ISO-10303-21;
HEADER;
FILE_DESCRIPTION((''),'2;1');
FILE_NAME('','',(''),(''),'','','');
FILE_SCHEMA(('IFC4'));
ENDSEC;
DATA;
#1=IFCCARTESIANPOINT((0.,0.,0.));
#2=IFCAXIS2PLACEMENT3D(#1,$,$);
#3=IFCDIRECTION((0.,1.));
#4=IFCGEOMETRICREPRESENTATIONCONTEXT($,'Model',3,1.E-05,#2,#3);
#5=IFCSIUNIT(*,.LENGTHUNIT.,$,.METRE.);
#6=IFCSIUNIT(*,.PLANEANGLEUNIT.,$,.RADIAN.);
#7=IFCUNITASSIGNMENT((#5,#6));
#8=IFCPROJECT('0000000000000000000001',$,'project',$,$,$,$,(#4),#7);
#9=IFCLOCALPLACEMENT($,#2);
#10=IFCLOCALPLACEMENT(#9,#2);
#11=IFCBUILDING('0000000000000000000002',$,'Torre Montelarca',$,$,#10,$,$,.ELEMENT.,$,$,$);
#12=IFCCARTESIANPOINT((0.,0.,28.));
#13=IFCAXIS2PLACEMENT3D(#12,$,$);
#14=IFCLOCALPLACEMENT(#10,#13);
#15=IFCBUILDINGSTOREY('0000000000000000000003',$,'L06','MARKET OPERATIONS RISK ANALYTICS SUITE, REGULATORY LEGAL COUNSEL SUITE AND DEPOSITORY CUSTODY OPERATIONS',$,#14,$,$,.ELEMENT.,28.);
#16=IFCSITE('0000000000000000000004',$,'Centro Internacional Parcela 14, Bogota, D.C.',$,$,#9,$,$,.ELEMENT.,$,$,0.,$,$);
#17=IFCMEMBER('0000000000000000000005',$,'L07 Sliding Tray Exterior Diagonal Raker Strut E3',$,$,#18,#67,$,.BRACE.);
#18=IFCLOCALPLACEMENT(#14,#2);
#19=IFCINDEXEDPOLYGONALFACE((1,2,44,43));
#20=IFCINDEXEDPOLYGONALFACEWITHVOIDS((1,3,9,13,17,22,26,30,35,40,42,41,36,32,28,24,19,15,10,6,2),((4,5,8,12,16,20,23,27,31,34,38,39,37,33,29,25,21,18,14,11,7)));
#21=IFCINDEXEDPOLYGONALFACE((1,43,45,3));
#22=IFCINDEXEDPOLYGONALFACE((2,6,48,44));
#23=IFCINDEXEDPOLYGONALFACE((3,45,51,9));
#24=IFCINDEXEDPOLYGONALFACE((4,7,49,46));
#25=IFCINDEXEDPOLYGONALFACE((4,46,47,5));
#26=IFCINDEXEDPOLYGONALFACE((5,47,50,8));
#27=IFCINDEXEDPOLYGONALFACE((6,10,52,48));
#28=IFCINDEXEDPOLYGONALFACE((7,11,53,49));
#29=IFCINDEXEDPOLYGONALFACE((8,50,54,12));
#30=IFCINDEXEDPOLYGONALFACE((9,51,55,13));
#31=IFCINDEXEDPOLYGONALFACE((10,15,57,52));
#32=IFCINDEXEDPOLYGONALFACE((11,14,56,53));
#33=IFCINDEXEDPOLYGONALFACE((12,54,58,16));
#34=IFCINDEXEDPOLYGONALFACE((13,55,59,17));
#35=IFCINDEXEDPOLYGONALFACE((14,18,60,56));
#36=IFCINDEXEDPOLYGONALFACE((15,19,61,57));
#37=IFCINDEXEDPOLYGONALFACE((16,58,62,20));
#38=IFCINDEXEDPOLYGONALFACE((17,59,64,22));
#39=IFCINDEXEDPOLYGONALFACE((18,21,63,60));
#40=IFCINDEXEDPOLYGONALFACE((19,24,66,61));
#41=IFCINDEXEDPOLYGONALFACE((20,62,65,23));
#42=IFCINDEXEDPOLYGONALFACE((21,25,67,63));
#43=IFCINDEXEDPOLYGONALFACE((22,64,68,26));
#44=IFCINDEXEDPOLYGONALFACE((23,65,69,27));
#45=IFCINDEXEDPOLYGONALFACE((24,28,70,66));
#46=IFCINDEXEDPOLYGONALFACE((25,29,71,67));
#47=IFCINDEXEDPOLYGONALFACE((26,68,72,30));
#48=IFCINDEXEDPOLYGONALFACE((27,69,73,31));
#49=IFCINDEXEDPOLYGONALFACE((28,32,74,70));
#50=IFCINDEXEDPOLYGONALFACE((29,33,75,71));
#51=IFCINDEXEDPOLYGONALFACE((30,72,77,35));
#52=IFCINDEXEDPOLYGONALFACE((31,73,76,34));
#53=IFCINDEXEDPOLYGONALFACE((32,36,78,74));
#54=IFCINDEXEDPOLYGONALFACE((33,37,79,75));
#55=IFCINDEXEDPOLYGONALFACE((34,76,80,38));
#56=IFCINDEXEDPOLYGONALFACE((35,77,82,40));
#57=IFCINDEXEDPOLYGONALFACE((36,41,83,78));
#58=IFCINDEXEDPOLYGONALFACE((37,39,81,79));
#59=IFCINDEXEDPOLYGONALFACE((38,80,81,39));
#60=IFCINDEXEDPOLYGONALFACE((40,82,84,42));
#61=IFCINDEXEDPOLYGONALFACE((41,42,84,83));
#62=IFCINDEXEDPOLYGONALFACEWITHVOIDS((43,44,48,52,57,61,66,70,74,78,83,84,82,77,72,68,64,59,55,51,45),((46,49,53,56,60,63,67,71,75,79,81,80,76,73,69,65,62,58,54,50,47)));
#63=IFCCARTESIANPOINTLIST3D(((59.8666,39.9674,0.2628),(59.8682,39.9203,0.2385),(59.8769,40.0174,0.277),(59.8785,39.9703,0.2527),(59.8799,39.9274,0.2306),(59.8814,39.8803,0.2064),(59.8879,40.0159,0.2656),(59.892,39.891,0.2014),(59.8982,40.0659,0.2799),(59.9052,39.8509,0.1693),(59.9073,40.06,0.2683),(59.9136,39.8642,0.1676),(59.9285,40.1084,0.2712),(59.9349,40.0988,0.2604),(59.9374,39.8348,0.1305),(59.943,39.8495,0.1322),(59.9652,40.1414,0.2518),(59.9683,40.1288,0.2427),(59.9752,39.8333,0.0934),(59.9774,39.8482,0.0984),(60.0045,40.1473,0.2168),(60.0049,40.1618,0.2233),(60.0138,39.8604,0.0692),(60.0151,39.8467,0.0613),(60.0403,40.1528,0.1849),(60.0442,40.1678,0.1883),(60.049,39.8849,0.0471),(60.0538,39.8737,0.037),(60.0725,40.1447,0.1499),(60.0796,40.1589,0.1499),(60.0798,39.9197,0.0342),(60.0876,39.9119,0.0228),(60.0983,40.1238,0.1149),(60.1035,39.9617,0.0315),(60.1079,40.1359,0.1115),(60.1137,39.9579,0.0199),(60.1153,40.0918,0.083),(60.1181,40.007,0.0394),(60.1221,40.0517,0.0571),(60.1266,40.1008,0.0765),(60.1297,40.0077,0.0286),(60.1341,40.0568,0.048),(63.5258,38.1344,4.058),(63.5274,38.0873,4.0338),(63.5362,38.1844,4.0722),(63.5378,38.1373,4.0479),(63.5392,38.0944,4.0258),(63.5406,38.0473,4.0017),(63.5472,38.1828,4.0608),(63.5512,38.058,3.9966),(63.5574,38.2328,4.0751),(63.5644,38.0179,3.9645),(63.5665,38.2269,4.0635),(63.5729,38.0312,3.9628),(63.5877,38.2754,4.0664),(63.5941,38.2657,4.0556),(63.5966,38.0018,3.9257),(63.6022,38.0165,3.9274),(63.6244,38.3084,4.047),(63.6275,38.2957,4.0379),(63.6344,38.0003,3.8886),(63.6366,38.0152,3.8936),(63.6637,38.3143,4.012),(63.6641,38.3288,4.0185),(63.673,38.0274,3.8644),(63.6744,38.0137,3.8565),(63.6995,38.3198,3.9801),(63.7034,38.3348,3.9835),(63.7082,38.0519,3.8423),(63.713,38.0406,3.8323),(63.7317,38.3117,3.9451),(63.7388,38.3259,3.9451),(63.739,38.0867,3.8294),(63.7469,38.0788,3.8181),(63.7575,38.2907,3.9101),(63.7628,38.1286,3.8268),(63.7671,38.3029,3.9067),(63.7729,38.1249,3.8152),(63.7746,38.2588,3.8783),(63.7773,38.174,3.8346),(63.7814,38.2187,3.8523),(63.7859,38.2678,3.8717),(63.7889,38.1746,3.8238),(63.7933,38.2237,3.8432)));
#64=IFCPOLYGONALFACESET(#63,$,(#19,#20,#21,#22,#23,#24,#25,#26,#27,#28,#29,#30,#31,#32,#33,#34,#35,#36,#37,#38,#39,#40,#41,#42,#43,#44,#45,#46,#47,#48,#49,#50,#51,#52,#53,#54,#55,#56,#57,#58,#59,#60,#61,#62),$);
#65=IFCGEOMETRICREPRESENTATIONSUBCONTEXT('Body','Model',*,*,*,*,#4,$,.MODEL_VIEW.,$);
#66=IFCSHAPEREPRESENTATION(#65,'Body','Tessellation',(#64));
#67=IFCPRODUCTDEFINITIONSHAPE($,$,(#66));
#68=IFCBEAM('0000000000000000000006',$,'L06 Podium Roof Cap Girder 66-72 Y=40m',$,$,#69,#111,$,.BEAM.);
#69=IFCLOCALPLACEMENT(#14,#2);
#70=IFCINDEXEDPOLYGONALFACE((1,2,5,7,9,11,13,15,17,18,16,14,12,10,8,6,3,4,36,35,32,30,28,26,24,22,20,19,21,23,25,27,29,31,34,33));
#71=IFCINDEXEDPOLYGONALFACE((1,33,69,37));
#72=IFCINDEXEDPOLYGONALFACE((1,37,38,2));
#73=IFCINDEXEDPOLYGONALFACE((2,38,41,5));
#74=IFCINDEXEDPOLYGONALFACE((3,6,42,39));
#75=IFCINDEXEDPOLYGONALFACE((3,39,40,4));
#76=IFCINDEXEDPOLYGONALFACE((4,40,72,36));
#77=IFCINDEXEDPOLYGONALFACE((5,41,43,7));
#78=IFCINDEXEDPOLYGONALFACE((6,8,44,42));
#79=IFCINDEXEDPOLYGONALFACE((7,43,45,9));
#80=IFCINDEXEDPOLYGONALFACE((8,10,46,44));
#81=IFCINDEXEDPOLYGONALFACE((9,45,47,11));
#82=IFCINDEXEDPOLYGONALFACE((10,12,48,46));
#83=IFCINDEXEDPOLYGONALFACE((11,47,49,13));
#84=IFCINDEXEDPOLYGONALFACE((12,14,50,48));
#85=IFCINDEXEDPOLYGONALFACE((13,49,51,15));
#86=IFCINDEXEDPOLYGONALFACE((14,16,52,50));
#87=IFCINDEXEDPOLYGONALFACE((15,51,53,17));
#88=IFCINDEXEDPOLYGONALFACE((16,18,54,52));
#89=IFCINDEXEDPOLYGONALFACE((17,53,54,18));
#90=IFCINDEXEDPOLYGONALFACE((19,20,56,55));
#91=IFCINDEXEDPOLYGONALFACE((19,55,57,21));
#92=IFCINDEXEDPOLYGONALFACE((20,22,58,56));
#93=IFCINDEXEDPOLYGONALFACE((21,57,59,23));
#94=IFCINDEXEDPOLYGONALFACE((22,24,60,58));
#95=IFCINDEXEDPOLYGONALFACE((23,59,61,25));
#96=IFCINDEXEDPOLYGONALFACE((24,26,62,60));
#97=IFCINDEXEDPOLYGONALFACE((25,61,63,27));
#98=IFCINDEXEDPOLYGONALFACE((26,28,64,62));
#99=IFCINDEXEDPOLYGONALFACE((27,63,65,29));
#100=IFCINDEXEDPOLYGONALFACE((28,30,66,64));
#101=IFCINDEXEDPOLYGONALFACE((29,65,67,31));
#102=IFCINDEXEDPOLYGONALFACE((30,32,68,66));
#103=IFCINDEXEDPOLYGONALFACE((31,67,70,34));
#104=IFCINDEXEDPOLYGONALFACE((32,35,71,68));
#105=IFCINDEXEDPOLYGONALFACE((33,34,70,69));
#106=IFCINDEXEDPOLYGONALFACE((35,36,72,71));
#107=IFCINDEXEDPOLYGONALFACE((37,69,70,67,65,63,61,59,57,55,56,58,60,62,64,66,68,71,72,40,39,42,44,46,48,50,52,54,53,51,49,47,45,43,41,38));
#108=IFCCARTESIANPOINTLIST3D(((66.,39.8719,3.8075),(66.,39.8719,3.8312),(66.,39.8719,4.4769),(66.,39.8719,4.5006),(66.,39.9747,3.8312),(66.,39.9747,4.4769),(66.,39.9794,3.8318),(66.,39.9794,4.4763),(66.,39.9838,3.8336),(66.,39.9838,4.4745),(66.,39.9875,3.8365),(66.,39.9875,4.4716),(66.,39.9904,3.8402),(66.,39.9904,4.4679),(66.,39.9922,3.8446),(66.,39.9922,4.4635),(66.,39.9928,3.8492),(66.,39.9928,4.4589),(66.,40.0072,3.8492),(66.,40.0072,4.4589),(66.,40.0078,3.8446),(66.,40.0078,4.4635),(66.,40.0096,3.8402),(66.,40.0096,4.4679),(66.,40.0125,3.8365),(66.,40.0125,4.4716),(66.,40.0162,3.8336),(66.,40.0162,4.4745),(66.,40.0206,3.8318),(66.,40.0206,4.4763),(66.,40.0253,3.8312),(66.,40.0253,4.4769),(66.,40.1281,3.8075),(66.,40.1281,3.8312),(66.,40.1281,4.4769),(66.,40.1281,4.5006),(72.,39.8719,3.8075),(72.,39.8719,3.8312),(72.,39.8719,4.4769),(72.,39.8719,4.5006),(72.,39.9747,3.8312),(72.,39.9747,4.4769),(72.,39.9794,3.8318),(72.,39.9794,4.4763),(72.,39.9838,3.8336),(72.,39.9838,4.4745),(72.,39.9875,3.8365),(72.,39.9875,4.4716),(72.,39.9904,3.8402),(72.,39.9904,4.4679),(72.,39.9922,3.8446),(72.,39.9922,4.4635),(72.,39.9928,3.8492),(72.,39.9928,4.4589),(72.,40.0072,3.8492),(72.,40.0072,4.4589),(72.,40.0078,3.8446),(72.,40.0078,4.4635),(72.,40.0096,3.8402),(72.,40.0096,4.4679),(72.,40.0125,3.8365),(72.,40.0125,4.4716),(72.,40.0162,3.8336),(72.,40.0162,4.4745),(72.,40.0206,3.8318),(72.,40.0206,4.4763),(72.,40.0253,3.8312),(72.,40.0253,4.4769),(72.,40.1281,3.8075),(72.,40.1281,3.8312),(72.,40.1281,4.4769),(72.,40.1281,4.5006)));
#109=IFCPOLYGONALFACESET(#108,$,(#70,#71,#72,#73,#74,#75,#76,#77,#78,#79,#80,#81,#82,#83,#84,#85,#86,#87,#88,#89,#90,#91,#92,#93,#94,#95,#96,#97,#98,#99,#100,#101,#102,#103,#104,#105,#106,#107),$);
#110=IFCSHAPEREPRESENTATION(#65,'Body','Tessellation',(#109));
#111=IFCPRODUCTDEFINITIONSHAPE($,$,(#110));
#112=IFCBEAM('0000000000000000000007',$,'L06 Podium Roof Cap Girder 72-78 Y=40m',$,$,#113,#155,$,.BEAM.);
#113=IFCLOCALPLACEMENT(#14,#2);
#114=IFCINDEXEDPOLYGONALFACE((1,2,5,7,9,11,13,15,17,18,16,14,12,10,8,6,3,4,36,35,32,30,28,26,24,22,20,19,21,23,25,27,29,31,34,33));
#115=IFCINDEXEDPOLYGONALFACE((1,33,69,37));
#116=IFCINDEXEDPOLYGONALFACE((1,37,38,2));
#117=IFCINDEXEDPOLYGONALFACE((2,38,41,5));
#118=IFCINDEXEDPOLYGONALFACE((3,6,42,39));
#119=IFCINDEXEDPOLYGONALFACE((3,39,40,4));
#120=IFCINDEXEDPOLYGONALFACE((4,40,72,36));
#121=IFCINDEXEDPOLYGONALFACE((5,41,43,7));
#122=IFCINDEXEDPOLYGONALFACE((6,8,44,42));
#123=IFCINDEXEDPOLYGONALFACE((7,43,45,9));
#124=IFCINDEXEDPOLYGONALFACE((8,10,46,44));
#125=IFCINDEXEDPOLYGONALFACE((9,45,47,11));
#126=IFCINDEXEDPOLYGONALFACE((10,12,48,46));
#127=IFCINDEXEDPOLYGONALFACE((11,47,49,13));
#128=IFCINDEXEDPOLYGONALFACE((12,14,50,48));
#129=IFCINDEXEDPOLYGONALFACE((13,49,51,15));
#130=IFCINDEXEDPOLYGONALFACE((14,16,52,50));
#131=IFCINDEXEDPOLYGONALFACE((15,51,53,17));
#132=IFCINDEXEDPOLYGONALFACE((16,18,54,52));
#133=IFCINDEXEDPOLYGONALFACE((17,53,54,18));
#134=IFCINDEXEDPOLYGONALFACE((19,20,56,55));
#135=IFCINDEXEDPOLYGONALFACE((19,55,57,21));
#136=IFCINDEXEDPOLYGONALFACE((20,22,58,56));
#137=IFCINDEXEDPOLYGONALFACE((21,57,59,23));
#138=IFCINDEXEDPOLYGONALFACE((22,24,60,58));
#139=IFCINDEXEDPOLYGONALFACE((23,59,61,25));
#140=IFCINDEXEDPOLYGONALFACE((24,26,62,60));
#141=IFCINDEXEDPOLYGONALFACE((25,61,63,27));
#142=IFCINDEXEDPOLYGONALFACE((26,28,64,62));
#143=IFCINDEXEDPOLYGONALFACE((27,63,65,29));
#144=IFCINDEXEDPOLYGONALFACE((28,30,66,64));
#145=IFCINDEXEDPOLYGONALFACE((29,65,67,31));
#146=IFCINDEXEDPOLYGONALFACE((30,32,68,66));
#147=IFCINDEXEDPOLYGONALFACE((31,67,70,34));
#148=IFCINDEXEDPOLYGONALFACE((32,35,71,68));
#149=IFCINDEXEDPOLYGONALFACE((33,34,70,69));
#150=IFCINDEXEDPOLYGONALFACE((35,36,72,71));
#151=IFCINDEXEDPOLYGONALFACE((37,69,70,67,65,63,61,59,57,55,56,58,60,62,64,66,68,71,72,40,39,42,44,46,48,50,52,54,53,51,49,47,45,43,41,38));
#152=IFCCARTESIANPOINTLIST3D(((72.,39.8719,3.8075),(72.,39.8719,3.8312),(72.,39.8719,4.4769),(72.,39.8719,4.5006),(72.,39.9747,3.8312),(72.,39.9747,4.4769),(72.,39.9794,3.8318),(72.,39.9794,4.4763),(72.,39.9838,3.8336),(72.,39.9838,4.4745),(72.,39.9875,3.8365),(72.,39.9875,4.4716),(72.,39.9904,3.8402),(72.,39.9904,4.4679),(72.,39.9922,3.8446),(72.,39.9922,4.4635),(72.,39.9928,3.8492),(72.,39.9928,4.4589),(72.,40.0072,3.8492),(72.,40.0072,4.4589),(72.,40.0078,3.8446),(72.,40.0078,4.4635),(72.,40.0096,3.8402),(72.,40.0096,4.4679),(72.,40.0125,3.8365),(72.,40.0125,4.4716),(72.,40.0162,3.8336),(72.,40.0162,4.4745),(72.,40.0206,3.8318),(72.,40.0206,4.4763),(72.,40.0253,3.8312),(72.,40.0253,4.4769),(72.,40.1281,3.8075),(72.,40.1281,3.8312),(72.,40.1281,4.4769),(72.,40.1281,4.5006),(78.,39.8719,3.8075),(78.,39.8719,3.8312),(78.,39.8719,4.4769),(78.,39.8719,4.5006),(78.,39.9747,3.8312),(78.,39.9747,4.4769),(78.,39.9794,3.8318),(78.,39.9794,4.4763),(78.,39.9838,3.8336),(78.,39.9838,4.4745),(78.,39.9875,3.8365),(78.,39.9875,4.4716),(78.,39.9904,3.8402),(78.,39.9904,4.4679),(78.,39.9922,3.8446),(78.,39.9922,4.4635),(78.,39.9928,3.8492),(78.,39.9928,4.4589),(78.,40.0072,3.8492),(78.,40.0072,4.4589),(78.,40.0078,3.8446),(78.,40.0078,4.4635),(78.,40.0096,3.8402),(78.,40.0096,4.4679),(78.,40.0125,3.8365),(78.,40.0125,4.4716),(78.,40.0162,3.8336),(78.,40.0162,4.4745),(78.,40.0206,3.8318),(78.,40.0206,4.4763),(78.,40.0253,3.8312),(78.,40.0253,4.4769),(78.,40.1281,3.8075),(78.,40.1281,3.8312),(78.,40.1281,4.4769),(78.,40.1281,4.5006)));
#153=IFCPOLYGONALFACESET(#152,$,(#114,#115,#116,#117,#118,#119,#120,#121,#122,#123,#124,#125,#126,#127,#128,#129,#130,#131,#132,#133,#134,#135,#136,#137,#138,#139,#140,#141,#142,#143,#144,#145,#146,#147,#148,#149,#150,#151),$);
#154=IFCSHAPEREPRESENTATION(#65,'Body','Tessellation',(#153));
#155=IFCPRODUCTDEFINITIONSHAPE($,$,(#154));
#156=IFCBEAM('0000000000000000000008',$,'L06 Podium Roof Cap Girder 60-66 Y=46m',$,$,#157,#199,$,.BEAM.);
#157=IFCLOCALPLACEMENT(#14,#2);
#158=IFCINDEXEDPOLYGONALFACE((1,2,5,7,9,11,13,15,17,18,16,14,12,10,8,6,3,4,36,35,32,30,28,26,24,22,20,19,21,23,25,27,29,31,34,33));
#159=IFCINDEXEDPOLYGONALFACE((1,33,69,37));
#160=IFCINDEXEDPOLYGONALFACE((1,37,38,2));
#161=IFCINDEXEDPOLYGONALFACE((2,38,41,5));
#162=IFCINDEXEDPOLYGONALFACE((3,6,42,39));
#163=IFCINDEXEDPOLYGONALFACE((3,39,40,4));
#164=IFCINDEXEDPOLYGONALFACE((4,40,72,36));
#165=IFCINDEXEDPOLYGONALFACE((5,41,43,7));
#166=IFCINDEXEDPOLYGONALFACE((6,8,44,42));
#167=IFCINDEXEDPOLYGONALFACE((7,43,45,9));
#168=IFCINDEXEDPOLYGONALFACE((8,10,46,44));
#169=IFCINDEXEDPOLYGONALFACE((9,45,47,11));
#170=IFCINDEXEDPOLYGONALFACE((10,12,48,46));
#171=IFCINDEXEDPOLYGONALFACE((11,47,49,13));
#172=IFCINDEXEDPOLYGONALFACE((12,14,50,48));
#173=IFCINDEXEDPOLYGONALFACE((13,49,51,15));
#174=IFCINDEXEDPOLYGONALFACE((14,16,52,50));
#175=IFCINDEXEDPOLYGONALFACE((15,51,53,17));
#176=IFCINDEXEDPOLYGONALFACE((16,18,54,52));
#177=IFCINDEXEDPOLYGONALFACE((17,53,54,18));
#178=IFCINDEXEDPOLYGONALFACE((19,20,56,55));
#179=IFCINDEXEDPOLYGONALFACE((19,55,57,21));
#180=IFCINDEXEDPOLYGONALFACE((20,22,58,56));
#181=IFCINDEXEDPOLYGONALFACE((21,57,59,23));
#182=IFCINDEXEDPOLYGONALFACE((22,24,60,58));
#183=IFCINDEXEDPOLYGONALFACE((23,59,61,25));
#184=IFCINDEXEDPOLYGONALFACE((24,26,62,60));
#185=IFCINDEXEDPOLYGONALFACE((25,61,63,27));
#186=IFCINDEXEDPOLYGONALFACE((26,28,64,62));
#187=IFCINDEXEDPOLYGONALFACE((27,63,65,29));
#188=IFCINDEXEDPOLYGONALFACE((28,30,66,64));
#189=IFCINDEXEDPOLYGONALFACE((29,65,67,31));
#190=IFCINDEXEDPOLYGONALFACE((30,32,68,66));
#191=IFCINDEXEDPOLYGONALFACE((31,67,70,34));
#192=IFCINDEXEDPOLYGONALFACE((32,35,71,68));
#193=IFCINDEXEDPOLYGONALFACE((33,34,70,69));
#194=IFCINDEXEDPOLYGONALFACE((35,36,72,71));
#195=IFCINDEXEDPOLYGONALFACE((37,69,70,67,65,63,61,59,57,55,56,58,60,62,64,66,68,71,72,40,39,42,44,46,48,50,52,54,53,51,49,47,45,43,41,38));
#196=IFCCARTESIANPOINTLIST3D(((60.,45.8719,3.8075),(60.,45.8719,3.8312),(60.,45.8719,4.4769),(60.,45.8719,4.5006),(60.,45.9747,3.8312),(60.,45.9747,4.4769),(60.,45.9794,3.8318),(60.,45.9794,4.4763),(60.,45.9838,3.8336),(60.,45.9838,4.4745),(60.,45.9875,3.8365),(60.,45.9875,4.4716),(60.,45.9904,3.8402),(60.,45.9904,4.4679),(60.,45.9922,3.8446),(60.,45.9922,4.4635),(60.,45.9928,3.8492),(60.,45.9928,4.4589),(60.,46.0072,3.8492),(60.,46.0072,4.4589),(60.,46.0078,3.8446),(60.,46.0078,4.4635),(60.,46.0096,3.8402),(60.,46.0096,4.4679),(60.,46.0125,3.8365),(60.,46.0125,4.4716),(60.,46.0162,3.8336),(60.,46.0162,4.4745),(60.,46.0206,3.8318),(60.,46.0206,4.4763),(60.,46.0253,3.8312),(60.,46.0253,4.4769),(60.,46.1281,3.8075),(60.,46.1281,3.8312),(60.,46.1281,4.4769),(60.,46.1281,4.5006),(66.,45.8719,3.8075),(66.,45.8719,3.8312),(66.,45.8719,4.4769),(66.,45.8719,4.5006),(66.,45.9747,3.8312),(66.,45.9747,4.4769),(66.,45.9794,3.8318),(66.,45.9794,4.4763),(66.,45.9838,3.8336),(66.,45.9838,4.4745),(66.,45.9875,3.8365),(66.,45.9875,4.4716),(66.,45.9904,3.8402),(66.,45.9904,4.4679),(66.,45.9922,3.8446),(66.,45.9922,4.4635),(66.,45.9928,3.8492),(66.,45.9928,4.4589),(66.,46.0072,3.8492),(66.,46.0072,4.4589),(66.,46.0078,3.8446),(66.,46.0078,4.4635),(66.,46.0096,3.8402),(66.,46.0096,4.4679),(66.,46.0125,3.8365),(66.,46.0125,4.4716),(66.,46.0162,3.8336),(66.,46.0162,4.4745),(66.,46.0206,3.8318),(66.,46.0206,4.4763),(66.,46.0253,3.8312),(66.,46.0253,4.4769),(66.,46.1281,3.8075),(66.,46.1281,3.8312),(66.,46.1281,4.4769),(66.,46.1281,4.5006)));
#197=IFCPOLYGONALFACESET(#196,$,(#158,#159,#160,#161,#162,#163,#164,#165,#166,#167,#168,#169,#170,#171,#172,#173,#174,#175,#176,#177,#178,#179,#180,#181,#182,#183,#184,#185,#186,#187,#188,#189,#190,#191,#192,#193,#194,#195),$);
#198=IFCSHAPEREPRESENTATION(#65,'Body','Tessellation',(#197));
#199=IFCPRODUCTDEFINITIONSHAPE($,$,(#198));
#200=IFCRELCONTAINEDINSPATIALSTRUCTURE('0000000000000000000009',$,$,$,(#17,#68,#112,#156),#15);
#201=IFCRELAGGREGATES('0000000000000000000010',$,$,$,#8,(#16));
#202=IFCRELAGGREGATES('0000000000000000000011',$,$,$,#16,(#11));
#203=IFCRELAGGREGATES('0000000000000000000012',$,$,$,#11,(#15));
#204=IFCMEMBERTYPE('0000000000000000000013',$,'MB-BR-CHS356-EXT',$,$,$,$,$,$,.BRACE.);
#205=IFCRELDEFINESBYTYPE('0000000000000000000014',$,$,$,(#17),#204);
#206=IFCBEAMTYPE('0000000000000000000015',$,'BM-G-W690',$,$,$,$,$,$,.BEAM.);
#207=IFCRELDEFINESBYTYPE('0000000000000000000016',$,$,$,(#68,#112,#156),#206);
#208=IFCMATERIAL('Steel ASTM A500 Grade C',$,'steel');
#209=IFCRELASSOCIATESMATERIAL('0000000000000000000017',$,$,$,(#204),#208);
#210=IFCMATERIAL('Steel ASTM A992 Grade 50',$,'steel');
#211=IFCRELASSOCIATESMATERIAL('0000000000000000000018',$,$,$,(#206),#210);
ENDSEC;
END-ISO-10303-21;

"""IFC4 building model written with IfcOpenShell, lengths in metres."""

from ifc_helpers import new_model, si_unit, direction, frame, origin, origin_2d, place, context, subcontext, project, spatial, hollow_circle, i_section, extrude, source, transform, mapped, material, material_profile, profile_set, type_object, element, save


model = new_model("IFC4")

# Units and contexts
model_context = context("Model", 3, precision=1e-05, world=origin(), true_north=direction((0.0, 1.0)))
body_context = subcontext(model_context, "Body", "Model", "MODEL_VIEW")
ifc_project = project(units=[si_unit("LENGTHUNIT", "METRE"), si_unit("PLANEANGLEUNIT", "RADIAN")], contexts=[model_context])

# Site, building, storey
site_placement = place(None, origin())
site = spatial("IfcSite", under=ifc_project, at=site_placement, Name="Centro Internacional Parcela 14, Bogota, D.C.", CompositionType="ELEMENT", RefElevation=0.0)
building_placement = place(site_placement, origin())
building = spatial("IfcBuilding", under=site, at=building_placement, Name="Torre Montelarca", CompositionType="ELEMENT")
storey_placement = place(building_placement, frame((0.0, 0.0, 28.0)))
storey = spatial("IfcBuildingStorey", under=building, at=storey_placement, Name="L06", Description="MARKET OPERATIONS RISK ANALYTICS SUITE, REGULATORY LEGAL COUNSEL SUITE AND DEPOSITORY CUSTODY OPERATIONS", CompositionType="ELEMENT", Elevation=28.0)

# Shared definitions
ifc_material_1 = material(Name="Steel ASTM A992 Grade 50", Category="steel")

# Member
ifc_material_2 = material(Name="Steel ASTM A500 Grade C", Category="steel")
ifc_material_profile_1 = material_profile(ifc_material_2, hollow_circle(Radius=0.1777, WallThickness=0.0159, at=origin_2d()), Name="HSS355.6X15.9", Category="steel")
ifc_profile_set_1 = profile_set([ifc_material_profile_1], Name="Steel ASTM A500 Grade C")
member_type = type_object("IfcMemberType", Name="MB-BR-CHS356-EXT", PredefinedType="BRACE", material=ifc_profile_set_1)
shared_shape_1 = source(origin(), body_context, "Body", "SweptSolid", [
    extrude(hollow_circle(Radius=0.1777, WallThickness=0.0159, at=origin_2d()), origin(), (0.0, 0.0, 1.0), 5.5815),
])
member_placement = place(storey_placement, frame((60.0, 40.0, 0.1499), z_axis=(0.655594, -0.32841, 0.679958), x_axis=(0.447882, 0.894093, 0.0)))
element("IfcMember", 1, at=member_placement, inside=storey, type_object=member_type, Name="L07 Sliding Tray Exterior Diagonal Raker Strut E3", PredefinedType="BRACE", context=body_context, shape_type="MappedRepresentation", body=[
    mapped(shared_shape_1, transform((0.0, 0.0, 0.0), scale=1.0)),
])

# Beams
ifc_material_profile_2 = material_profile(ifc_material_1, i_section(OverallWidth=0.2561, OverallDepth=0.6931, WebThickness=0.0144, FlangeThickness=0.0237, FilletRadius=0.0181, at=origin_2d()), Name="W690X170", Category="steel")
ifc_profile_set_2 = profile_set([ifc_material_profile_2], Name="Steel ASTM A992 Grade 50")
beam_type_1 = type_object("IfcBeamType", Name="BM-G-W690", PredefinedType="BEAM", material=ifc_profile_set_2)
shared_shape_2 = source(origin(), body_context, "Body", "SweptSolid", [
    extrude(i_section(OverallWidth=0.2561, OverallDepth=0.6931, WebThickness=0.0144, FlangeThickness=0.0237, FilletRadius=0.0181, at=origin_2d()), origin(), (0.0, 0.0, 1.0), 6.0),
])
for number, where, z_axis, x_axis, name in (
    (2, (66.0, 40.0, 4.1541), (1.0, 0.0, 0.0), (0.0, 1.0, 0.0), "L06 Podium Roof Cap Girder 66-72 Y=40m"),
    (3, (72.0, 40.0, 4.1541), (1.0, 0.0, 0.0), (0.0, 1.0, 0.0), "L06 Podium Roof Cap Girder 72-78 Y=40m"),
    (4, (60.0, 46.0, 4.1541), (1.0, 0.0, 0.0), (0.0, 1.0, 0.0), "L06 Podium Roof Cap Girder 60-66 Y=46m"),
):
    element("IfcBeam", number, at=place(storey_placement, frame(where, z_axis=z_axis, x_axis=x_axis)), inside=storey, type_object=beam_type_1, Name=name, PredefinedType="BEAM", context=body_context, shape_type="MappedRepresentation", body=[
        mapped(shared_shape_2, transform((0.0, 0.0, 0.0), scale=1.0)),
    ])

save(model, "model.ifc")
